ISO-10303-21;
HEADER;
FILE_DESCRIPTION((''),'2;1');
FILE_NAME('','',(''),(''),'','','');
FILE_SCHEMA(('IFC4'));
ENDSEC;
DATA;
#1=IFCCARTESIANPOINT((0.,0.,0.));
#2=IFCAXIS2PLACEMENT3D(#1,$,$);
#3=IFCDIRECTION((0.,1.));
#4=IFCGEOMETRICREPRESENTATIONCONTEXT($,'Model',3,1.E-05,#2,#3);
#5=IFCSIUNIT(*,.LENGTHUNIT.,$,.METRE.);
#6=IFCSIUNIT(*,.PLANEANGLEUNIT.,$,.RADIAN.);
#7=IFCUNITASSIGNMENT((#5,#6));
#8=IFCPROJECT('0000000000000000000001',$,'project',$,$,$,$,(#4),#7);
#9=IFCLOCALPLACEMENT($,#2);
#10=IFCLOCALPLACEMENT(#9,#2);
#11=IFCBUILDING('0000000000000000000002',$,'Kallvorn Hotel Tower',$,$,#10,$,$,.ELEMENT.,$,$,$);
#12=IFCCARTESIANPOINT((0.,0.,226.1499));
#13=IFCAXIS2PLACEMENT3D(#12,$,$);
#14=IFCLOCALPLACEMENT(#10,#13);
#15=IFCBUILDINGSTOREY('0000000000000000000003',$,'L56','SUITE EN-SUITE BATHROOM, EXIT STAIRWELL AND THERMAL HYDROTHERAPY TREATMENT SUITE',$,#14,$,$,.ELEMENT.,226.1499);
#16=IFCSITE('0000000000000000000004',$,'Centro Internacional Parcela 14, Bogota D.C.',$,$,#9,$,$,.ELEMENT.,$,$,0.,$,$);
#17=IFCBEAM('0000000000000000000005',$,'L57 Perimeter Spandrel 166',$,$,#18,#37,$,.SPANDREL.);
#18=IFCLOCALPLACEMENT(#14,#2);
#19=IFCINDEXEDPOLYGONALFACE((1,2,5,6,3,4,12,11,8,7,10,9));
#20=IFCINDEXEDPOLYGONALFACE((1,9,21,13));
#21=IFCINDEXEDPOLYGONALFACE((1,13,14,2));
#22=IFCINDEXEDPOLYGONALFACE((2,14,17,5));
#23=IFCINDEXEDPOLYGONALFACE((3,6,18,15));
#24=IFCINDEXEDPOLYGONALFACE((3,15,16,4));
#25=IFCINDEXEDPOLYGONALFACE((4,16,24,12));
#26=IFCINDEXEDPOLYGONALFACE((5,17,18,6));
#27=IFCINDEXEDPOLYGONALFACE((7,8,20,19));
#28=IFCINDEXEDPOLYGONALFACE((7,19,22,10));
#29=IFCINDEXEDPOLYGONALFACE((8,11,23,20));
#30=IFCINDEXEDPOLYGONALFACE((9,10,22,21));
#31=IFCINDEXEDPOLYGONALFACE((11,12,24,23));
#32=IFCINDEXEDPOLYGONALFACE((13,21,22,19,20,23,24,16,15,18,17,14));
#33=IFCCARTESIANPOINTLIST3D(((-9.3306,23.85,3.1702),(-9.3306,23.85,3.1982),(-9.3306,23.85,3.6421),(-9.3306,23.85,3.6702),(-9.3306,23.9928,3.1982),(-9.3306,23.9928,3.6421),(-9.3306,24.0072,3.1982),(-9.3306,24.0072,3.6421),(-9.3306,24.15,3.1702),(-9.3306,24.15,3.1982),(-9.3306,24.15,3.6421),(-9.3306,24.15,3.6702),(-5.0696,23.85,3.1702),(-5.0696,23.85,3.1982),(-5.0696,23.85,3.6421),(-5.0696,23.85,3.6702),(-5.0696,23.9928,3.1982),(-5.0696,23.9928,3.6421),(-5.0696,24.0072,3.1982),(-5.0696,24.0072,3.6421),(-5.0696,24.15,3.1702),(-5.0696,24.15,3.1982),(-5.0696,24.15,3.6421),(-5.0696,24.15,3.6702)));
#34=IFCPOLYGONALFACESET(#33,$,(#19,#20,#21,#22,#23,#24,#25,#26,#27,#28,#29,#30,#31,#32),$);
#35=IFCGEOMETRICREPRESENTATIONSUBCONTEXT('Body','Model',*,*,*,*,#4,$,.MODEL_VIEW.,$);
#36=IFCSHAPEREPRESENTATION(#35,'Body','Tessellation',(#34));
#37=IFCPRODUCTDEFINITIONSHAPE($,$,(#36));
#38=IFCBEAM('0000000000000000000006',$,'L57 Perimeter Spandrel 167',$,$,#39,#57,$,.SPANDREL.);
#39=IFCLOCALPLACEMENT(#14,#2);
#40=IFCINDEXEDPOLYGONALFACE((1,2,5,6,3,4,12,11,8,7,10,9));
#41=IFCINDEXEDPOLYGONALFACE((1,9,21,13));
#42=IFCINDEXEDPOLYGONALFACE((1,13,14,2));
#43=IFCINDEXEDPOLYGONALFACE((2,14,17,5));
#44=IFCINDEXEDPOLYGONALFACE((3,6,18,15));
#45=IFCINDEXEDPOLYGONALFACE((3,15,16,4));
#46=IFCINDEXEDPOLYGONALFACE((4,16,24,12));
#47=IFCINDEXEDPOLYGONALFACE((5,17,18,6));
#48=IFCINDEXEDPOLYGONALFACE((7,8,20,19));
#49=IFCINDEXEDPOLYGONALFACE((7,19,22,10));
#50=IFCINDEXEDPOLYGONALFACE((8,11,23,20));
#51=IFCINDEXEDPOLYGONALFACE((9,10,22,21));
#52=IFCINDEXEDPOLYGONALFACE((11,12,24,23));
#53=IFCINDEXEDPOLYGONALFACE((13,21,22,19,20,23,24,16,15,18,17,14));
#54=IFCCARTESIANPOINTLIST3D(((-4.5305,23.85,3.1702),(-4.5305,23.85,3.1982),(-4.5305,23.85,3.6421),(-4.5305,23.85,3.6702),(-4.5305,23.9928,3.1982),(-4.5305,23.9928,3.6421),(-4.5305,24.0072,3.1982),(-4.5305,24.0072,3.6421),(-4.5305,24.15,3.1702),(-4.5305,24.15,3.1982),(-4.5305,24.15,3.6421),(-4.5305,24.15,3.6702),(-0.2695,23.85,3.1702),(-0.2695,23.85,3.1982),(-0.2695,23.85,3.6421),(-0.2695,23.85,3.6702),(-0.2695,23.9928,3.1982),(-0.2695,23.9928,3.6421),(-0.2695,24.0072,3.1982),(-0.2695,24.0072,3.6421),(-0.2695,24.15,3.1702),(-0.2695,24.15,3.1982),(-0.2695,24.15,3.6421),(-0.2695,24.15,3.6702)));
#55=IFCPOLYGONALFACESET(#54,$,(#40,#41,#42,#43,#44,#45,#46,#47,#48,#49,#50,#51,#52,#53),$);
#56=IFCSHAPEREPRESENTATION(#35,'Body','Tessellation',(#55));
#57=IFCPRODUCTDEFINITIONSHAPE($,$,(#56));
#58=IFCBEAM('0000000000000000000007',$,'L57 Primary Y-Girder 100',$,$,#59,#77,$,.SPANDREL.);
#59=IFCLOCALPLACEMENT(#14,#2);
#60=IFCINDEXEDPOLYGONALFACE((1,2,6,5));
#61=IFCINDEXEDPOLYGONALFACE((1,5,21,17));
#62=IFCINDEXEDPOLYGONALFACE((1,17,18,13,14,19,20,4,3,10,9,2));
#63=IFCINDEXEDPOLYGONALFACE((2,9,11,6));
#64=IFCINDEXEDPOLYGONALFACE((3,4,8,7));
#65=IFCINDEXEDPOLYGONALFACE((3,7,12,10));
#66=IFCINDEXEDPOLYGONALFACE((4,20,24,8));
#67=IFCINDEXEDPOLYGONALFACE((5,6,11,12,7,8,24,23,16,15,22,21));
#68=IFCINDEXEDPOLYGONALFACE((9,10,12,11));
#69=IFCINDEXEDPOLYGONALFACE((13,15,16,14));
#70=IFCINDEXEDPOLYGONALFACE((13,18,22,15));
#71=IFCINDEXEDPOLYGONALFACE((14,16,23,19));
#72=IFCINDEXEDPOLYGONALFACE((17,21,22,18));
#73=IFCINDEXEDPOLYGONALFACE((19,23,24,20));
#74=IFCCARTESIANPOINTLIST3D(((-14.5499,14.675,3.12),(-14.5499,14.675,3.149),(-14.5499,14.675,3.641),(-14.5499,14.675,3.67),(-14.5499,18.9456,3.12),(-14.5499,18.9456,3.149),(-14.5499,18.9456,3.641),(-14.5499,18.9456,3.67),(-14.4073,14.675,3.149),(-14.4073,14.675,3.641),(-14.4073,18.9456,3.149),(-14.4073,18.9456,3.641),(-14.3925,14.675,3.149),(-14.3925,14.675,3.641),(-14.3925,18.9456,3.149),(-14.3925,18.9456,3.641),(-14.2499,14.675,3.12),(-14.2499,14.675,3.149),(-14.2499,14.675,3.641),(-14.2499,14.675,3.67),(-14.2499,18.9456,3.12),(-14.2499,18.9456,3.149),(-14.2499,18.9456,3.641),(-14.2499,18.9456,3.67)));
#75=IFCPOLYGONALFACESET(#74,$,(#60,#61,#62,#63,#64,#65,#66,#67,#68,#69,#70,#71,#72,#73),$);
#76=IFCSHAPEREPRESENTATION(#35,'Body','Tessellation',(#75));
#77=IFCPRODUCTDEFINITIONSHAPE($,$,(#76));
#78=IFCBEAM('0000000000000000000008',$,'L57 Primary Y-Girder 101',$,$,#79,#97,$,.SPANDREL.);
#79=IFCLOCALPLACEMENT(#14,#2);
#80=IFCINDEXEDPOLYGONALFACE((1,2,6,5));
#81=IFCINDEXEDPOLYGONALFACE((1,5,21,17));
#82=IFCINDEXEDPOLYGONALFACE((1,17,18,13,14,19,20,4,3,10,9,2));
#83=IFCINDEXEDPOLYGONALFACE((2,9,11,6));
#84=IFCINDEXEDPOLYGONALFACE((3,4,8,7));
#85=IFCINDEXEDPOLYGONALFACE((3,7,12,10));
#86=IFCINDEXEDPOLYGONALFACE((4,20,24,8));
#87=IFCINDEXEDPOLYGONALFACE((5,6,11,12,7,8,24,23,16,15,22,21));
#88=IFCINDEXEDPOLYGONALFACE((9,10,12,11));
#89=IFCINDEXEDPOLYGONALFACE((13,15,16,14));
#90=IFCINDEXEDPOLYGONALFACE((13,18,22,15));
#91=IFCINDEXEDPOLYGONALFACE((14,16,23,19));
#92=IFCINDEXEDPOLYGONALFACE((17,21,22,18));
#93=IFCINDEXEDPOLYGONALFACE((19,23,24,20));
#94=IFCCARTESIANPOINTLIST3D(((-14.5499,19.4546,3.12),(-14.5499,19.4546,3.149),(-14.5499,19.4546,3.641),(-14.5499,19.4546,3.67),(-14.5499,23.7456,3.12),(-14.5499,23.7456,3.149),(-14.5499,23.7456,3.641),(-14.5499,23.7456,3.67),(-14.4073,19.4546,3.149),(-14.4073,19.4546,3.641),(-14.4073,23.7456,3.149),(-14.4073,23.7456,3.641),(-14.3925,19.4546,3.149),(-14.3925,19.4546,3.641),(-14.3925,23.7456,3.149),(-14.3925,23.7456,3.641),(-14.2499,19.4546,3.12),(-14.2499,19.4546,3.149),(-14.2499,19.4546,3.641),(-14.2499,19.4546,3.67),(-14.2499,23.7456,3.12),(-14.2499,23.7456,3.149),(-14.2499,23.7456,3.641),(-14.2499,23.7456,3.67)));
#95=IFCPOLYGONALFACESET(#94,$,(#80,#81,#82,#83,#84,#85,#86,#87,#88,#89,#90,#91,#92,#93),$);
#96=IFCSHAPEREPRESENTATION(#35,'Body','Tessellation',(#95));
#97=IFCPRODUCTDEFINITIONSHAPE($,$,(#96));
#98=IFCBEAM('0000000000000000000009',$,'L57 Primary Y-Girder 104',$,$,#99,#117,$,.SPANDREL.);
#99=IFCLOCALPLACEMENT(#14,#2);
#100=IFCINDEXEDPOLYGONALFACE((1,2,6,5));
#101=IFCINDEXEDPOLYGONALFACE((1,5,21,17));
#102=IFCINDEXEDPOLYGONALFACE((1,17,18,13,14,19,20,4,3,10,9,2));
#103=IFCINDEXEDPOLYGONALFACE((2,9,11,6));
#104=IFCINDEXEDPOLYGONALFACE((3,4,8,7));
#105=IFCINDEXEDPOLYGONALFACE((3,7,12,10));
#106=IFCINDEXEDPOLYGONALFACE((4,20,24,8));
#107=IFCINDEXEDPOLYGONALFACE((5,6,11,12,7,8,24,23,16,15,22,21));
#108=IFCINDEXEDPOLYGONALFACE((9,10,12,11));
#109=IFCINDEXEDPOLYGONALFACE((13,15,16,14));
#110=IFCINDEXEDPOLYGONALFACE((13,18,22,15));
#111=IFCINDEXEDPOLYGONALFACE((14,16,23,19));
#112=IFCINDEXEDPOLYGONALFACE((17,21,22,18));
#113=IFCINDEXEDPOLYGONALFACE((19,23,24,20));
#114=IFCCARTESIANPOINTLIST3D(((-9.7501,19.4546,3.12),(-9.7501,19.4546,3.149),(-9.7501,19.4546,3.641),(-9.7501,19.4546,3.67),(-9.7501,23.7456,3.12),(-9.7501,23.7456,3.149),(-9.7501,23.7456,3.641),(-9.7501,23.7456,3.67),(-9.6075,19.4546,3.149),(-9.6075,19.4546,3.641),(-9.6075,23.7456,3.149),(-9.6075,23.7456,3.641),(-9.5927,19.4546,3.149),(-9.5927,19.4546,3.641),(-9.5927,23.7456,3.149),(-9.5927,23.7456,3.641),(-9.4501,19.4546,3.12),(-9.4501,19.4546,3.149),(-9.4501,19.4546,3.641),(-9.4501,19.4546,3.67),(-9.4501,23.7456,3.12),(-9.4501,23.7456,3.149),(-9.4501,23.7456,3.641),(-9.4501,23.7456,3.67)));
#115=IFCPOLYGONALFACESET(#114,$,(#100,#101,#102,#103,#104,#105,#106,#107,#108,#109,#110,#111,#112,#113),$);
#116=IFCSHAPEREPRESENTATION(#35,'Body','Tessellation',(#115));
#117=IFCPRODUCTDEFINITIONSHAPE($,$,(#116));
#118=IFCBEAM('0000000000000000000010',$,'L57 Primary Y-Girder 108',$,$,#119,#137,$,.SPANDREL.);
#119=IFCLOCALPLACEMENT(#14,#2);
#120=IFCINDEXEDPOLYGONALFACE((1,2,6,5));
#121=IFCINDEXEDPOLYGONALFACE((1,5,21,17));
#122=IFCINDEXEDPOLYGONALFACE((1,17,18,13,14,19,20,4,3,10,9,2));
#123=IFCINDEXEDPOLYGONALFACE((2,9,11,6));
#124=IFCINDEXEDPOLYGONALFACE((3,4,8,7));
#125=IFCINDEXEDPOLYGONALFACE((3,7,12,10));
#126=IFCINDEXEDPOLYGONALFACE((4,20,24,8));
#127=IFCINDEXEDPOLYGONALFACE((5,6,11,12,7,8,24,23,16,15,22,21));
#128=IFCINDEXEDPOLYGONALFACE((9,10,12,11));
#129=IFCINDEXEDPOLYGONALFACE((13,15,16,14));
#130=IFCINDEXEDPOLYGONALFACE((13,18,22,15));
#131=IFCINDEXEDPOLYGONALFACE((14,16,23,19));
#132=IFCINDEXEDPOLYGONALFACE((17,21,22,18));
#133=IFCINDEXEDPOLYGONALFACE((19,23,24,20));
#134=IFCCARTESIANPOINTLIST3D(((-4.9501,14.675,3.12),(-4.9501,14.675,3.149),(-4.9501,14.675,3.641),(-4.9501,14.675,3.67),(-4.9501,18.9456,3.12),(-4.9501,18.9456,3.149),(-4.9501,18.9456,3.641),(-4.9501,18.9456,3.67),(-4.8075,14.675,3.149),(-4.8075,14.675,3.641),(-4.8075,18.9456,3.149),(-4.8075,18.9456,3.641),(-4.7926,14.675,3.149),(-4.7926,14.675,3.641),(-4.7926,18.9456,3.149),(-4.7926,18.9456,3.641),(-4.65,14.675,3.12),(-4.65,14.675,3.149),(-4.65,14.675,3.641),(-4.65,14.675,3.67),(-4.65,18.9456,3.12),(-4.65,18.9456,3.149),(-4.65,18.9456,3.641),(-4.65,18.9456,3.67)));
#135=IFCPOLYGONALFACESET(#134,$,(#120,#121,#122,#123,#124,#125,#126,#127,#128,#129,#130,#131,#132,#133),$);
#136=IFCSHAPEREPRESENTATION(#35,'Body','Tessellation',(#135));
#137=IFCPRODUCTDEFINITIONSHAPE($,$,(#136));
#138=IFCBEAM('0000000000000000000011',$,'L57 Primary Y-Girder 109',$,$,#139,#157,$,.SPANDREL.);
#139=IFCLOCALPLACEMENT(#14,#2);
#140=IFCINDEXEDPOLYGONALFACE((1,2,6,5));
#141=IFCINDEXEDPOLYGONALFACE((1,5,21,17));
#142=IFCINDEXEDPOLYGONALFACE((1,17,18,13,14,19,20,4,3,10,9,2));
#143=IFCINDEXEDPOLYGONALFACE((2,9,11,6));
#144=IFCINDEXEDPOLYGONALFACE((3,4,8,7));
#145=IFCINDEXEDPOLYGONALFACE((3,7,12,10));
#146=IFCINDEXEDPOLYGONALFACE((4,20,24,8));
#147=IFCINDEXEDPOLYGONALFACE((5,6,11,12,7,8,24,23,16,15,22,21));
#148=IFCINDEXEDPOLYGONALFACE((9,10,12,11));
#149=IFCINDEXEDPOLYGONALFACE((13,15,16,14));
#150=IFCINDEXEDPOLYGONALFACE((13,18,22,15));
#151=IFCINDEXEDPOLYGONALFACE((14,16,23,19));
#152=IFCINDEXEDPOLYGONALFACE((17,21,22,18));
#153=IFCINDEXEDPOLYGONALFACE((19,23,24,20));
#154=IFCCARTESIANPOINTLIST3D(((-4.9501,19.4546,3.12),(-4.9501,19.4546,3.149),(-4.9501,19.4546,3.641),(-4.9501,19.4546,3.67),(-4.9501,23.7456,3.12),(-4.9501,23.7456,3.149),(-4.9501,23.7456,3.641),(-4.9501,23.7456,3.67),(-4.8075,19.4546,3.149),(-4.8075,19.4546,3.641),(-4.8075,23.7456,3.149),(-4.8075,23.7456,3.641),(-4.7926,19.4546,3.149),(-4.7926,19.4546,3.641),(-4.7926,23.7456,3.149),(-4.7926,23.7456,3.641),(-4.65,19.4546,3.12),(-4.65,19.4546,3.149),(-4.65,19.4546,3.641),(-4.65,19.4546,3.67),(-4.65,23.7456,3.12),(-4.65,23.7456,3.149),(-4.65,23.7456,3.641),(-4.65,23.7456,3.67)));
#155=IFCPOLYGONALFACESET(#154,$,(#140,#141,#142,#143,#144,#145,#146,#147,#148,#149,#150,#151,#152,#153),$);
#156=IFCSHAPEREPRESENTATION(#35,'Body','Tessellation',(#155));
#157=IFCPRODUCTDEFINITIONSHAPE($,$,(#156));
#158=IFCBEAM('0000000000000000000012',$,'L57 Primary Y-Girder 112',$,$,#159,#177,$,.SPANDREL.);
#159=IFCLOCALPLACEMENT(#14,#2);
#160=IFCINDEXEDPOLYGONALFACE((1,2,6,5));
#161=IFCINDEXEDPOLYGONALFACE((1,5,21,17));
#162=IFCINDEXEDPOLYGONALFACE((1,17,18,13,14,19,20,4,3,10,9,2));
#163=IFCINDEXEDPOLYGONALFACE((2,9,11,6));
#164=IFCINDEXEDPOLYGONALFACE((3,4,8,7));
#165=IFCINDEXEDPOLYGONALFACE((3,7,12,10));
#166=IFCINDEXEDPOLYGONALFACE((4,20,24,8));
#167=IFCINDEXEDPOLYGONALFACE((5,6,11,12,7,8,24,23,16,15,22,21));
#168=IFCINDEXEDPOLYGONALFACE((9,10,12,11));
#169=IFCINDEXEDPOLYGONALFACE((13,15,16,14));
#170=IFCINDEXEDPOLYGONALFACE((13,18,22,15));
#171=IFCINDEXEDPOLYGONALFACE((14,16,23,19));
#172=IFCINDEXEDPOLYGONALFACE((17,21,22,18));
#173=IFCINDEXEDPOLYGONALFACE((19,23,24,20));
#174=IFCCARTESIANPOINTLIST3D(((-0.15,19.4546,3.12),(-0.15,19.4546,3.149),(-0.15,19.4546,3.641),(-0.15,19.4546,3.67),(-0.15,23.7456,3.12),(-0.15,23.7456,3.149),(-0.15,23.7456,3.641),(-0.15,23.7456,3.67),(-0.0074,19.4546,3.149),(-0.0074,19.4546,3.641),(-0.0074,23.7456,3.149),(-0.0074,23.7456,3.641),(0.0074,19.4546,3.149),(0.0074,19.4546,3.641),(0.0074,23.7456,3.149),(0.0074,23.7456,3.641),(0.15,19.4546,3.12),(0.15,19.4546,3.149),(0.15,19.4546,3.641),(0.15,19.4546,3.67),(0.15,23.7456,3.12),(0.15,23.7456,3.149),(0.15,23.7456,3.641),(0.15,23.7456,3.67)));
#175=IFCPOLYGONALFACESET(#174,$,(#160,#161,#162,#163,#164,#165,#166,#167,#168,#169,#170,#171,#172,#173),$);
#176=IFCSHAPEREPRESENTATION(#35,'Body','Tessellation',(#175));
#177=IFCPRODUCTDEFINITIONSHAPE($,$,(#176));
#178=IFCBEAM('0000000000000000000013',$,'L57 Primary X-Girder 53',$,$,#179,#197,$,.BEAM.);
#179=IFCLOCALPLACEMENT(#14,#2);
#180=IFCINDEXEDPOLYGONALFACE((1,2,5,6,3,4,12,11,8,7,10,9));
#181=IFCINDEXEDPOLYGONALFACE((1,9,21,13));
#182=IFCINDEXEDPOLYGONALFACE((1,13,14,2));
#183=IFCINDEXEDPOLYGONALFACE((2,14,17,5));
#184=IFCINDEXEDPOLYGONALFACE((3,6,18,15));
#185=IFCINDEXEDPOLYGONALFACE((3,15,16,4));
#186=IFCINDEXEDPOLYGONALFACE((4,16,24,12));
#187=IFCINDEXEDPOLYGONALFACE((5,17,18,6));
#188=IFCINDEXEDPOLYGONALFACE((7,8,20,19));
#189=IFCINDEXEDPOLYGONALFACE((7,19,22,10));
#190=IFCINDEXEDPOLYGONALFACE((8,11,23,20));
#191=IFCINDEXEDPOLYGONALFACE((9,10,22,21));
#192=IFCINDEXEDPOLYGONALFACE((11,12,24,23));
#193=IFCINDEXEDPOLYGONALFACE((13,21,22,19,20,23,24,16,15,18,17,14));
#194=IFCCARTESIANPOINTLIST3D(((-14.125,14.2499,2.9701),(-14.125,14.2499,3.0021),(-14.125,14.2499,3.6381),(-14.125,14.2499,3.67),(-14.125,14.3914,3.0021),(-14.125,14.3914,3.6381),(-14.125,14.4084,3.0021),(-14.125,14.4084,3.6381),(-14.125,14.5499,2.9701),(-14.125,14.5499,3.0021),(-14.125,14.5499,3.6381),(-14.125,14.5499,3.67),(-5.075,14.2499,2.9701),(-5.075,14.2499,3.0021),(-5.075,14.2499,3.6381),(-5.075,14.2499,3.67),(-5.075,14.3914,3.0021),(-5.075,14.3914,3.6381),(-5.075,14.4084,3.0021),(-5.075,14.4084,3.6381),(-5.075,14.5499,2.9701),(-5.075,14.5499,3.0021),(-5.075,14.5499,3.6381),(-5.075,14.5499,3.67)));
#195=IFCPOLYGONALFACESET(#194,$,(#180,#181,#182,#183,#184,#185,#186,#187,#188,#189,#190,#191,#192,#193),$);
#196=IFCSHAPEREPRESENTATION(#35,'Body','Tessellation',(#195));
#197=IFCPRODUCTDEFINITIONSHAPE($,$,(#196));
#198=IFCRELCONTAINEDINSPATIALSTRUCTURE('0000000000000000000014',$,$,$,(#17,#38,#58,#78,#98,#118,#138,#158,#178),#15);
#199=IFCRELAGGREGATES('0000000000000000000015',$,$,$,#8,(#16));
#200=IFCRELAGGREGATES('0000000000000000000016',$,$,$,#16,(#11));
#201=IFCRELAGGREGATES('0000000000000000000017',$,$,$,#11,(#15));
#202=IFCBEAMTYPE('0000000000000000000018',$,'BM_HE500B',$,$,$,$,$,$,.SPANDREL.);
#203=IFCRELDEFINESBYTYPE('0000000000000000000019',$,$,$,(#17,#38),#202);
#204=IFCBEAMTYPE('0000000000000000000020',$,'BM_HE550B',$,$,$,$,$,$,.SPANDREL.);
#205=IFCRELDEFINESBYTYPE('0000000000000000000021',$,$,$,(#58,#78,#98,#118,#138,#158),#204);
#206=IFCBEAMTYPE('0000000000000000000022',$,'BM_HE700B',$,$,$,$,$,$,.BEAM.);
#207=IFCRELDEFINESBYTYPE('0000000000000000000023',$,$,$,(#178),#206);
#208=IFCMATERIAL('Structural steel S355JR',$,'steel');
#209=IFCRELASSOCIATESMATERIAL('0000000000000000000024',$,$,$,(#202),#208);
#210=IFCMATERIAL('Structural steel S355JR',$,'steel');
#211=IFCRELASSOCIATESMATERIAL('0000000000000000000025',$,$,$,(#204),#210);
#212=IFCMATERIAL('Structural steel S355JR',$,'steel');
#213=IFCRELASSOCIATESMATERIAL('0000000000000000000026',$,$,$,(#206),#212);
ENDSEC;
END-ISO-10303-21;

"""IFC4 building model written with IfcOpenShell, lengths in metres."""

from ifc_helpers import new_model, si_unit, direction, frame, origin, origin_2d, place, context, subcontext, project, spatial, i_section, extrude, material, material_profile, profile_set, type_object, element, save


model = new_model("IFC4")

# Units and contexts
model_context = context("Model", 3, precision=1e-05, world=origin(), true_north=direction((0.0, 1.0)))
body_context = subcontext(model_context, "Body", "Model", "MODEL_VIEW")
ifc_project = project(units=[si_unit("LENGTHUNIT", "METRE"), si_unit("PLANEANGLEUNIT", "RADIAN")], contexts=[model_context])

# Site, building, storey
site_placement = place(None, origin())
site = spatial("IfcSite", under=ifc_project, at=site_placement, Name="Centro Internacional Parcela 14, Bogota D.C.", CompositionType="ELEMENT", RefElevation=0.0)
building_placement = place(site_placement, origin())
building = spatial("IfcBuilding", under=site, at=building_placement, Name="Kallvorn Hotel Tower", CompositionType="ELEMENT")
storey_placement = place(building_placement, frame((0.0, 0.0, 226.1499)))
storey = spatial("IfcBuildingStorey", under=building, at=storey_placement, Name="L56", Description="SUITE EN-SUITE BATHROOM, EXIT STAIRWELL AND THERMAL HYDROTHERAPY TREATMENT SUITE", CompositionType="ELEMENT", Elevation=226.1499)

# Beams
ifc_material_1 = material(Name="Structural steel S355JR", Category="steel")
ifc_material_profile_1 = material_profile(ifc_material_1, i_section(OverallWidth=0.3, OverallDepth=0.5, WebThickness=0.0144, FlangeThickness=0.0281, at=origin_2d()), Name="HE 500 B")
ifc_profile_set_1 = profile_set([ifc_material_profile_1], Name="Structural steel S355JR")
beam_type_1 = type_object("IfcBeamType", Name="BM_HE500B", PredefinedType="SPANDREL", material=ifc_profile_set_1)
for number, where, z_axis, x_axis, name in (
    (1, (-9.3306, 24.0, 3.4202), (1.0, 0.0, 0.0), (0.0, 1.0, 0.0), "L57 Perimeter Spandrel 166"),
    (2, (-4.5305, 24.0, 3.4202), (1.0, 0.0, 0.0), (0.0, 1.0, 0.0), "L57 Perimeter Spandrel 167"),
):
    element("IfcBeam", number, at=place(storey_placement, frame(where, z_axis=z_axis, x_axis=x_axis)), inside=storey, type_object=beam_type_1, Name=name, PredefinedType="SPANDREL", context=body_context, shape_type="SweptSolid", body=[
        extrude(i_section(OverallWidth=0.3, OverallDepth=0.5, WebThickness=0.0144, FlangeThickness=0.0281, at=origin_2d()), origin(), (0.0, 0.0, 1.0), 4.261),
    ])
ifc_material_2 = material(Name="Structural steel S355JR", Category="steel")
ifc_material_profile_2 = material_profile(ifc_material_2, i_section(OverallWidth=0.3, OverallDepth=0.55, WebThickness=0.0149, FlangeThickness=0.0291, at=origin_2d()), Name="HE 550 B")
ifc_profile_set_2 = profile_set([ifc_material_profile_2], Name="Structural steel S355JR")
beam_type_2 = type_object("IfcBeamType", Name="BM_HE550B", PredefinedType="SPANDREL", material=ifc_profile_set_2)
beam_1_placement = place(storey_placement, frame((-14.3999, 14.675, 3.395), z_axis=(0.0, 1.0, 0.0), x_axis=(-1.0, 0.0, 0.0)))
element("IfcBeam", 3, at=beam_1_placement, inside=storey, type_object=beam_type_2, Name="L57 Primary Y-Girder 100", PredefinedType="SPANDREL", context=body_context, shape_type="SweptSolid", body=[
    extrude(i_section(OverallWidth=0.3, OverallDepth=0.55, WebThickness=0.0149, FlangeThickness=0.0291, at=origin_2d()), origin(), (0.0, 0.0, 1.0), 4.2705),
])
for number, where, z_axis, x_axis, name in (
    (4, (-14.3999, 19.4546, 3.395), (0.0, 1.0, 0.0), (-1.0, 0.0, 0.0), "L57 Primary Y-Girder 101"),
    (5, (-9.6001, 19.4546, 3.395), (0.0, 1.0, 0.0), (-1.0, 0.0, 0.0), "L57 Primary Y-Girder 104"),
):
    element("IfcBeam", number, at=place(storey_placement, frame(where, z_axis=z_axis, x_axis=x_axis)), inside=storey, type_object=beam_type_2, Name=name, PredefinedType="SPANDREL", context=body_context, shape_type="SweptSolid", body=[
        extrude(i_section(OverallWidth=0.3, OverallDepth=0.55, WebThickness=0.0149, FlangeThickness=0.0291, at=origin_2d()), origin(), (0.0, 0.0, 1.0), 4.291),
    ])
beam_2_placement = place(storey_placement, frame((-4.8, 14.675, 3.395), z_axis=(0.0, 1.0, 0.0), x_axis=(-1.0, 0.0, 0.0)))
element("IfcBeam", 6, at=beam_2_placement, inside=storey, type_object=beam_type_2, Name="L57 Primary Y-Girder 108", PredefinedType="SPANDREL", context=body_context, shape_type="SweptSolid", body=[
    extrude(i_section(OverallWidth=0.3, OverallDepth=0.55, WebThickness=0.0149, FlangeThickness=0.0291, at=origin_2d()), origin(), (0.0, 0.0, 1.0), 4.2705),
])
for number, where, z_axis, x_axis, name in (
    (7, (-4.8, 19.4546, 3.395), (0.0, 1.0, 0.0), (-1.0, 0.0, 0.0), "L57 Primary Y-Girder 109"),
    (8, (0.0, 19.4546, 3.395), (0.0, 1.0, 0.0), (-1.0, 0.0, 0.0), "L57 Primary Y-Girder 112"),
):
    element("IfcBeam", number, at=place(storey_placement, frame(where, z_axis=z_axis, x_axis=x_axis)), inside=storey, type_object=beam_type_2, Name=name, PredefinedType="SPANDREL", context=body_context, shape_type="SweptSolid", body=[
        extrude(i_section(OverallWidth=0.3, OverallDepth=0.55, WebThickness=0.0149, FlangeThickness=0.0291, at=origin_2d()), origin(), (0.0, 0.0, 1.0), 4.291),
    ])
ifc_material_3 = material(Name="Structural steel S355JR", Category="steel")
ifc_material_profile_3 = material_profile(ifc_material_3, i_section(OverallWidth=0.3, OverallDepth=0.7, WebThickness=0.0171, FlangeThickness=0.032, at=origin_2d()), Name="HE 700 B")
ifc_profile_set_3 = profile_set([ifc_material_profile_3], Name="Structural steel S355JR")
beam_type_3 = type_object("IfcBeamType", Name="BM_HE700B", PredefinedType="BEAM", material=ifc_profile_set_3)
beam_3_placement = place(storey_placement, frame((-14.125, 14.3999, 3.3201), z_axis=(1.0, 0.0, 0.0), x_axis=(0.0, 1.0, 0.0)))
element("IfcBeam", 9, at=beam_3_placement, inside=storey, type_object=beam_type_3, Name="L57 Primary X-Girder 53", PredefinedType="BEAM", context=body_context, shape_type="SweptSolid", body=[
    extrude(i_section(OverallWidth=0.3, OverallDepth=0.7, WebThickness=0.0171, FlangeThickness=0.032, at=origin_2d()), origin(), (0.0, 0.0, 1.0), 9.05),
])

save(model, "model.ifc")
